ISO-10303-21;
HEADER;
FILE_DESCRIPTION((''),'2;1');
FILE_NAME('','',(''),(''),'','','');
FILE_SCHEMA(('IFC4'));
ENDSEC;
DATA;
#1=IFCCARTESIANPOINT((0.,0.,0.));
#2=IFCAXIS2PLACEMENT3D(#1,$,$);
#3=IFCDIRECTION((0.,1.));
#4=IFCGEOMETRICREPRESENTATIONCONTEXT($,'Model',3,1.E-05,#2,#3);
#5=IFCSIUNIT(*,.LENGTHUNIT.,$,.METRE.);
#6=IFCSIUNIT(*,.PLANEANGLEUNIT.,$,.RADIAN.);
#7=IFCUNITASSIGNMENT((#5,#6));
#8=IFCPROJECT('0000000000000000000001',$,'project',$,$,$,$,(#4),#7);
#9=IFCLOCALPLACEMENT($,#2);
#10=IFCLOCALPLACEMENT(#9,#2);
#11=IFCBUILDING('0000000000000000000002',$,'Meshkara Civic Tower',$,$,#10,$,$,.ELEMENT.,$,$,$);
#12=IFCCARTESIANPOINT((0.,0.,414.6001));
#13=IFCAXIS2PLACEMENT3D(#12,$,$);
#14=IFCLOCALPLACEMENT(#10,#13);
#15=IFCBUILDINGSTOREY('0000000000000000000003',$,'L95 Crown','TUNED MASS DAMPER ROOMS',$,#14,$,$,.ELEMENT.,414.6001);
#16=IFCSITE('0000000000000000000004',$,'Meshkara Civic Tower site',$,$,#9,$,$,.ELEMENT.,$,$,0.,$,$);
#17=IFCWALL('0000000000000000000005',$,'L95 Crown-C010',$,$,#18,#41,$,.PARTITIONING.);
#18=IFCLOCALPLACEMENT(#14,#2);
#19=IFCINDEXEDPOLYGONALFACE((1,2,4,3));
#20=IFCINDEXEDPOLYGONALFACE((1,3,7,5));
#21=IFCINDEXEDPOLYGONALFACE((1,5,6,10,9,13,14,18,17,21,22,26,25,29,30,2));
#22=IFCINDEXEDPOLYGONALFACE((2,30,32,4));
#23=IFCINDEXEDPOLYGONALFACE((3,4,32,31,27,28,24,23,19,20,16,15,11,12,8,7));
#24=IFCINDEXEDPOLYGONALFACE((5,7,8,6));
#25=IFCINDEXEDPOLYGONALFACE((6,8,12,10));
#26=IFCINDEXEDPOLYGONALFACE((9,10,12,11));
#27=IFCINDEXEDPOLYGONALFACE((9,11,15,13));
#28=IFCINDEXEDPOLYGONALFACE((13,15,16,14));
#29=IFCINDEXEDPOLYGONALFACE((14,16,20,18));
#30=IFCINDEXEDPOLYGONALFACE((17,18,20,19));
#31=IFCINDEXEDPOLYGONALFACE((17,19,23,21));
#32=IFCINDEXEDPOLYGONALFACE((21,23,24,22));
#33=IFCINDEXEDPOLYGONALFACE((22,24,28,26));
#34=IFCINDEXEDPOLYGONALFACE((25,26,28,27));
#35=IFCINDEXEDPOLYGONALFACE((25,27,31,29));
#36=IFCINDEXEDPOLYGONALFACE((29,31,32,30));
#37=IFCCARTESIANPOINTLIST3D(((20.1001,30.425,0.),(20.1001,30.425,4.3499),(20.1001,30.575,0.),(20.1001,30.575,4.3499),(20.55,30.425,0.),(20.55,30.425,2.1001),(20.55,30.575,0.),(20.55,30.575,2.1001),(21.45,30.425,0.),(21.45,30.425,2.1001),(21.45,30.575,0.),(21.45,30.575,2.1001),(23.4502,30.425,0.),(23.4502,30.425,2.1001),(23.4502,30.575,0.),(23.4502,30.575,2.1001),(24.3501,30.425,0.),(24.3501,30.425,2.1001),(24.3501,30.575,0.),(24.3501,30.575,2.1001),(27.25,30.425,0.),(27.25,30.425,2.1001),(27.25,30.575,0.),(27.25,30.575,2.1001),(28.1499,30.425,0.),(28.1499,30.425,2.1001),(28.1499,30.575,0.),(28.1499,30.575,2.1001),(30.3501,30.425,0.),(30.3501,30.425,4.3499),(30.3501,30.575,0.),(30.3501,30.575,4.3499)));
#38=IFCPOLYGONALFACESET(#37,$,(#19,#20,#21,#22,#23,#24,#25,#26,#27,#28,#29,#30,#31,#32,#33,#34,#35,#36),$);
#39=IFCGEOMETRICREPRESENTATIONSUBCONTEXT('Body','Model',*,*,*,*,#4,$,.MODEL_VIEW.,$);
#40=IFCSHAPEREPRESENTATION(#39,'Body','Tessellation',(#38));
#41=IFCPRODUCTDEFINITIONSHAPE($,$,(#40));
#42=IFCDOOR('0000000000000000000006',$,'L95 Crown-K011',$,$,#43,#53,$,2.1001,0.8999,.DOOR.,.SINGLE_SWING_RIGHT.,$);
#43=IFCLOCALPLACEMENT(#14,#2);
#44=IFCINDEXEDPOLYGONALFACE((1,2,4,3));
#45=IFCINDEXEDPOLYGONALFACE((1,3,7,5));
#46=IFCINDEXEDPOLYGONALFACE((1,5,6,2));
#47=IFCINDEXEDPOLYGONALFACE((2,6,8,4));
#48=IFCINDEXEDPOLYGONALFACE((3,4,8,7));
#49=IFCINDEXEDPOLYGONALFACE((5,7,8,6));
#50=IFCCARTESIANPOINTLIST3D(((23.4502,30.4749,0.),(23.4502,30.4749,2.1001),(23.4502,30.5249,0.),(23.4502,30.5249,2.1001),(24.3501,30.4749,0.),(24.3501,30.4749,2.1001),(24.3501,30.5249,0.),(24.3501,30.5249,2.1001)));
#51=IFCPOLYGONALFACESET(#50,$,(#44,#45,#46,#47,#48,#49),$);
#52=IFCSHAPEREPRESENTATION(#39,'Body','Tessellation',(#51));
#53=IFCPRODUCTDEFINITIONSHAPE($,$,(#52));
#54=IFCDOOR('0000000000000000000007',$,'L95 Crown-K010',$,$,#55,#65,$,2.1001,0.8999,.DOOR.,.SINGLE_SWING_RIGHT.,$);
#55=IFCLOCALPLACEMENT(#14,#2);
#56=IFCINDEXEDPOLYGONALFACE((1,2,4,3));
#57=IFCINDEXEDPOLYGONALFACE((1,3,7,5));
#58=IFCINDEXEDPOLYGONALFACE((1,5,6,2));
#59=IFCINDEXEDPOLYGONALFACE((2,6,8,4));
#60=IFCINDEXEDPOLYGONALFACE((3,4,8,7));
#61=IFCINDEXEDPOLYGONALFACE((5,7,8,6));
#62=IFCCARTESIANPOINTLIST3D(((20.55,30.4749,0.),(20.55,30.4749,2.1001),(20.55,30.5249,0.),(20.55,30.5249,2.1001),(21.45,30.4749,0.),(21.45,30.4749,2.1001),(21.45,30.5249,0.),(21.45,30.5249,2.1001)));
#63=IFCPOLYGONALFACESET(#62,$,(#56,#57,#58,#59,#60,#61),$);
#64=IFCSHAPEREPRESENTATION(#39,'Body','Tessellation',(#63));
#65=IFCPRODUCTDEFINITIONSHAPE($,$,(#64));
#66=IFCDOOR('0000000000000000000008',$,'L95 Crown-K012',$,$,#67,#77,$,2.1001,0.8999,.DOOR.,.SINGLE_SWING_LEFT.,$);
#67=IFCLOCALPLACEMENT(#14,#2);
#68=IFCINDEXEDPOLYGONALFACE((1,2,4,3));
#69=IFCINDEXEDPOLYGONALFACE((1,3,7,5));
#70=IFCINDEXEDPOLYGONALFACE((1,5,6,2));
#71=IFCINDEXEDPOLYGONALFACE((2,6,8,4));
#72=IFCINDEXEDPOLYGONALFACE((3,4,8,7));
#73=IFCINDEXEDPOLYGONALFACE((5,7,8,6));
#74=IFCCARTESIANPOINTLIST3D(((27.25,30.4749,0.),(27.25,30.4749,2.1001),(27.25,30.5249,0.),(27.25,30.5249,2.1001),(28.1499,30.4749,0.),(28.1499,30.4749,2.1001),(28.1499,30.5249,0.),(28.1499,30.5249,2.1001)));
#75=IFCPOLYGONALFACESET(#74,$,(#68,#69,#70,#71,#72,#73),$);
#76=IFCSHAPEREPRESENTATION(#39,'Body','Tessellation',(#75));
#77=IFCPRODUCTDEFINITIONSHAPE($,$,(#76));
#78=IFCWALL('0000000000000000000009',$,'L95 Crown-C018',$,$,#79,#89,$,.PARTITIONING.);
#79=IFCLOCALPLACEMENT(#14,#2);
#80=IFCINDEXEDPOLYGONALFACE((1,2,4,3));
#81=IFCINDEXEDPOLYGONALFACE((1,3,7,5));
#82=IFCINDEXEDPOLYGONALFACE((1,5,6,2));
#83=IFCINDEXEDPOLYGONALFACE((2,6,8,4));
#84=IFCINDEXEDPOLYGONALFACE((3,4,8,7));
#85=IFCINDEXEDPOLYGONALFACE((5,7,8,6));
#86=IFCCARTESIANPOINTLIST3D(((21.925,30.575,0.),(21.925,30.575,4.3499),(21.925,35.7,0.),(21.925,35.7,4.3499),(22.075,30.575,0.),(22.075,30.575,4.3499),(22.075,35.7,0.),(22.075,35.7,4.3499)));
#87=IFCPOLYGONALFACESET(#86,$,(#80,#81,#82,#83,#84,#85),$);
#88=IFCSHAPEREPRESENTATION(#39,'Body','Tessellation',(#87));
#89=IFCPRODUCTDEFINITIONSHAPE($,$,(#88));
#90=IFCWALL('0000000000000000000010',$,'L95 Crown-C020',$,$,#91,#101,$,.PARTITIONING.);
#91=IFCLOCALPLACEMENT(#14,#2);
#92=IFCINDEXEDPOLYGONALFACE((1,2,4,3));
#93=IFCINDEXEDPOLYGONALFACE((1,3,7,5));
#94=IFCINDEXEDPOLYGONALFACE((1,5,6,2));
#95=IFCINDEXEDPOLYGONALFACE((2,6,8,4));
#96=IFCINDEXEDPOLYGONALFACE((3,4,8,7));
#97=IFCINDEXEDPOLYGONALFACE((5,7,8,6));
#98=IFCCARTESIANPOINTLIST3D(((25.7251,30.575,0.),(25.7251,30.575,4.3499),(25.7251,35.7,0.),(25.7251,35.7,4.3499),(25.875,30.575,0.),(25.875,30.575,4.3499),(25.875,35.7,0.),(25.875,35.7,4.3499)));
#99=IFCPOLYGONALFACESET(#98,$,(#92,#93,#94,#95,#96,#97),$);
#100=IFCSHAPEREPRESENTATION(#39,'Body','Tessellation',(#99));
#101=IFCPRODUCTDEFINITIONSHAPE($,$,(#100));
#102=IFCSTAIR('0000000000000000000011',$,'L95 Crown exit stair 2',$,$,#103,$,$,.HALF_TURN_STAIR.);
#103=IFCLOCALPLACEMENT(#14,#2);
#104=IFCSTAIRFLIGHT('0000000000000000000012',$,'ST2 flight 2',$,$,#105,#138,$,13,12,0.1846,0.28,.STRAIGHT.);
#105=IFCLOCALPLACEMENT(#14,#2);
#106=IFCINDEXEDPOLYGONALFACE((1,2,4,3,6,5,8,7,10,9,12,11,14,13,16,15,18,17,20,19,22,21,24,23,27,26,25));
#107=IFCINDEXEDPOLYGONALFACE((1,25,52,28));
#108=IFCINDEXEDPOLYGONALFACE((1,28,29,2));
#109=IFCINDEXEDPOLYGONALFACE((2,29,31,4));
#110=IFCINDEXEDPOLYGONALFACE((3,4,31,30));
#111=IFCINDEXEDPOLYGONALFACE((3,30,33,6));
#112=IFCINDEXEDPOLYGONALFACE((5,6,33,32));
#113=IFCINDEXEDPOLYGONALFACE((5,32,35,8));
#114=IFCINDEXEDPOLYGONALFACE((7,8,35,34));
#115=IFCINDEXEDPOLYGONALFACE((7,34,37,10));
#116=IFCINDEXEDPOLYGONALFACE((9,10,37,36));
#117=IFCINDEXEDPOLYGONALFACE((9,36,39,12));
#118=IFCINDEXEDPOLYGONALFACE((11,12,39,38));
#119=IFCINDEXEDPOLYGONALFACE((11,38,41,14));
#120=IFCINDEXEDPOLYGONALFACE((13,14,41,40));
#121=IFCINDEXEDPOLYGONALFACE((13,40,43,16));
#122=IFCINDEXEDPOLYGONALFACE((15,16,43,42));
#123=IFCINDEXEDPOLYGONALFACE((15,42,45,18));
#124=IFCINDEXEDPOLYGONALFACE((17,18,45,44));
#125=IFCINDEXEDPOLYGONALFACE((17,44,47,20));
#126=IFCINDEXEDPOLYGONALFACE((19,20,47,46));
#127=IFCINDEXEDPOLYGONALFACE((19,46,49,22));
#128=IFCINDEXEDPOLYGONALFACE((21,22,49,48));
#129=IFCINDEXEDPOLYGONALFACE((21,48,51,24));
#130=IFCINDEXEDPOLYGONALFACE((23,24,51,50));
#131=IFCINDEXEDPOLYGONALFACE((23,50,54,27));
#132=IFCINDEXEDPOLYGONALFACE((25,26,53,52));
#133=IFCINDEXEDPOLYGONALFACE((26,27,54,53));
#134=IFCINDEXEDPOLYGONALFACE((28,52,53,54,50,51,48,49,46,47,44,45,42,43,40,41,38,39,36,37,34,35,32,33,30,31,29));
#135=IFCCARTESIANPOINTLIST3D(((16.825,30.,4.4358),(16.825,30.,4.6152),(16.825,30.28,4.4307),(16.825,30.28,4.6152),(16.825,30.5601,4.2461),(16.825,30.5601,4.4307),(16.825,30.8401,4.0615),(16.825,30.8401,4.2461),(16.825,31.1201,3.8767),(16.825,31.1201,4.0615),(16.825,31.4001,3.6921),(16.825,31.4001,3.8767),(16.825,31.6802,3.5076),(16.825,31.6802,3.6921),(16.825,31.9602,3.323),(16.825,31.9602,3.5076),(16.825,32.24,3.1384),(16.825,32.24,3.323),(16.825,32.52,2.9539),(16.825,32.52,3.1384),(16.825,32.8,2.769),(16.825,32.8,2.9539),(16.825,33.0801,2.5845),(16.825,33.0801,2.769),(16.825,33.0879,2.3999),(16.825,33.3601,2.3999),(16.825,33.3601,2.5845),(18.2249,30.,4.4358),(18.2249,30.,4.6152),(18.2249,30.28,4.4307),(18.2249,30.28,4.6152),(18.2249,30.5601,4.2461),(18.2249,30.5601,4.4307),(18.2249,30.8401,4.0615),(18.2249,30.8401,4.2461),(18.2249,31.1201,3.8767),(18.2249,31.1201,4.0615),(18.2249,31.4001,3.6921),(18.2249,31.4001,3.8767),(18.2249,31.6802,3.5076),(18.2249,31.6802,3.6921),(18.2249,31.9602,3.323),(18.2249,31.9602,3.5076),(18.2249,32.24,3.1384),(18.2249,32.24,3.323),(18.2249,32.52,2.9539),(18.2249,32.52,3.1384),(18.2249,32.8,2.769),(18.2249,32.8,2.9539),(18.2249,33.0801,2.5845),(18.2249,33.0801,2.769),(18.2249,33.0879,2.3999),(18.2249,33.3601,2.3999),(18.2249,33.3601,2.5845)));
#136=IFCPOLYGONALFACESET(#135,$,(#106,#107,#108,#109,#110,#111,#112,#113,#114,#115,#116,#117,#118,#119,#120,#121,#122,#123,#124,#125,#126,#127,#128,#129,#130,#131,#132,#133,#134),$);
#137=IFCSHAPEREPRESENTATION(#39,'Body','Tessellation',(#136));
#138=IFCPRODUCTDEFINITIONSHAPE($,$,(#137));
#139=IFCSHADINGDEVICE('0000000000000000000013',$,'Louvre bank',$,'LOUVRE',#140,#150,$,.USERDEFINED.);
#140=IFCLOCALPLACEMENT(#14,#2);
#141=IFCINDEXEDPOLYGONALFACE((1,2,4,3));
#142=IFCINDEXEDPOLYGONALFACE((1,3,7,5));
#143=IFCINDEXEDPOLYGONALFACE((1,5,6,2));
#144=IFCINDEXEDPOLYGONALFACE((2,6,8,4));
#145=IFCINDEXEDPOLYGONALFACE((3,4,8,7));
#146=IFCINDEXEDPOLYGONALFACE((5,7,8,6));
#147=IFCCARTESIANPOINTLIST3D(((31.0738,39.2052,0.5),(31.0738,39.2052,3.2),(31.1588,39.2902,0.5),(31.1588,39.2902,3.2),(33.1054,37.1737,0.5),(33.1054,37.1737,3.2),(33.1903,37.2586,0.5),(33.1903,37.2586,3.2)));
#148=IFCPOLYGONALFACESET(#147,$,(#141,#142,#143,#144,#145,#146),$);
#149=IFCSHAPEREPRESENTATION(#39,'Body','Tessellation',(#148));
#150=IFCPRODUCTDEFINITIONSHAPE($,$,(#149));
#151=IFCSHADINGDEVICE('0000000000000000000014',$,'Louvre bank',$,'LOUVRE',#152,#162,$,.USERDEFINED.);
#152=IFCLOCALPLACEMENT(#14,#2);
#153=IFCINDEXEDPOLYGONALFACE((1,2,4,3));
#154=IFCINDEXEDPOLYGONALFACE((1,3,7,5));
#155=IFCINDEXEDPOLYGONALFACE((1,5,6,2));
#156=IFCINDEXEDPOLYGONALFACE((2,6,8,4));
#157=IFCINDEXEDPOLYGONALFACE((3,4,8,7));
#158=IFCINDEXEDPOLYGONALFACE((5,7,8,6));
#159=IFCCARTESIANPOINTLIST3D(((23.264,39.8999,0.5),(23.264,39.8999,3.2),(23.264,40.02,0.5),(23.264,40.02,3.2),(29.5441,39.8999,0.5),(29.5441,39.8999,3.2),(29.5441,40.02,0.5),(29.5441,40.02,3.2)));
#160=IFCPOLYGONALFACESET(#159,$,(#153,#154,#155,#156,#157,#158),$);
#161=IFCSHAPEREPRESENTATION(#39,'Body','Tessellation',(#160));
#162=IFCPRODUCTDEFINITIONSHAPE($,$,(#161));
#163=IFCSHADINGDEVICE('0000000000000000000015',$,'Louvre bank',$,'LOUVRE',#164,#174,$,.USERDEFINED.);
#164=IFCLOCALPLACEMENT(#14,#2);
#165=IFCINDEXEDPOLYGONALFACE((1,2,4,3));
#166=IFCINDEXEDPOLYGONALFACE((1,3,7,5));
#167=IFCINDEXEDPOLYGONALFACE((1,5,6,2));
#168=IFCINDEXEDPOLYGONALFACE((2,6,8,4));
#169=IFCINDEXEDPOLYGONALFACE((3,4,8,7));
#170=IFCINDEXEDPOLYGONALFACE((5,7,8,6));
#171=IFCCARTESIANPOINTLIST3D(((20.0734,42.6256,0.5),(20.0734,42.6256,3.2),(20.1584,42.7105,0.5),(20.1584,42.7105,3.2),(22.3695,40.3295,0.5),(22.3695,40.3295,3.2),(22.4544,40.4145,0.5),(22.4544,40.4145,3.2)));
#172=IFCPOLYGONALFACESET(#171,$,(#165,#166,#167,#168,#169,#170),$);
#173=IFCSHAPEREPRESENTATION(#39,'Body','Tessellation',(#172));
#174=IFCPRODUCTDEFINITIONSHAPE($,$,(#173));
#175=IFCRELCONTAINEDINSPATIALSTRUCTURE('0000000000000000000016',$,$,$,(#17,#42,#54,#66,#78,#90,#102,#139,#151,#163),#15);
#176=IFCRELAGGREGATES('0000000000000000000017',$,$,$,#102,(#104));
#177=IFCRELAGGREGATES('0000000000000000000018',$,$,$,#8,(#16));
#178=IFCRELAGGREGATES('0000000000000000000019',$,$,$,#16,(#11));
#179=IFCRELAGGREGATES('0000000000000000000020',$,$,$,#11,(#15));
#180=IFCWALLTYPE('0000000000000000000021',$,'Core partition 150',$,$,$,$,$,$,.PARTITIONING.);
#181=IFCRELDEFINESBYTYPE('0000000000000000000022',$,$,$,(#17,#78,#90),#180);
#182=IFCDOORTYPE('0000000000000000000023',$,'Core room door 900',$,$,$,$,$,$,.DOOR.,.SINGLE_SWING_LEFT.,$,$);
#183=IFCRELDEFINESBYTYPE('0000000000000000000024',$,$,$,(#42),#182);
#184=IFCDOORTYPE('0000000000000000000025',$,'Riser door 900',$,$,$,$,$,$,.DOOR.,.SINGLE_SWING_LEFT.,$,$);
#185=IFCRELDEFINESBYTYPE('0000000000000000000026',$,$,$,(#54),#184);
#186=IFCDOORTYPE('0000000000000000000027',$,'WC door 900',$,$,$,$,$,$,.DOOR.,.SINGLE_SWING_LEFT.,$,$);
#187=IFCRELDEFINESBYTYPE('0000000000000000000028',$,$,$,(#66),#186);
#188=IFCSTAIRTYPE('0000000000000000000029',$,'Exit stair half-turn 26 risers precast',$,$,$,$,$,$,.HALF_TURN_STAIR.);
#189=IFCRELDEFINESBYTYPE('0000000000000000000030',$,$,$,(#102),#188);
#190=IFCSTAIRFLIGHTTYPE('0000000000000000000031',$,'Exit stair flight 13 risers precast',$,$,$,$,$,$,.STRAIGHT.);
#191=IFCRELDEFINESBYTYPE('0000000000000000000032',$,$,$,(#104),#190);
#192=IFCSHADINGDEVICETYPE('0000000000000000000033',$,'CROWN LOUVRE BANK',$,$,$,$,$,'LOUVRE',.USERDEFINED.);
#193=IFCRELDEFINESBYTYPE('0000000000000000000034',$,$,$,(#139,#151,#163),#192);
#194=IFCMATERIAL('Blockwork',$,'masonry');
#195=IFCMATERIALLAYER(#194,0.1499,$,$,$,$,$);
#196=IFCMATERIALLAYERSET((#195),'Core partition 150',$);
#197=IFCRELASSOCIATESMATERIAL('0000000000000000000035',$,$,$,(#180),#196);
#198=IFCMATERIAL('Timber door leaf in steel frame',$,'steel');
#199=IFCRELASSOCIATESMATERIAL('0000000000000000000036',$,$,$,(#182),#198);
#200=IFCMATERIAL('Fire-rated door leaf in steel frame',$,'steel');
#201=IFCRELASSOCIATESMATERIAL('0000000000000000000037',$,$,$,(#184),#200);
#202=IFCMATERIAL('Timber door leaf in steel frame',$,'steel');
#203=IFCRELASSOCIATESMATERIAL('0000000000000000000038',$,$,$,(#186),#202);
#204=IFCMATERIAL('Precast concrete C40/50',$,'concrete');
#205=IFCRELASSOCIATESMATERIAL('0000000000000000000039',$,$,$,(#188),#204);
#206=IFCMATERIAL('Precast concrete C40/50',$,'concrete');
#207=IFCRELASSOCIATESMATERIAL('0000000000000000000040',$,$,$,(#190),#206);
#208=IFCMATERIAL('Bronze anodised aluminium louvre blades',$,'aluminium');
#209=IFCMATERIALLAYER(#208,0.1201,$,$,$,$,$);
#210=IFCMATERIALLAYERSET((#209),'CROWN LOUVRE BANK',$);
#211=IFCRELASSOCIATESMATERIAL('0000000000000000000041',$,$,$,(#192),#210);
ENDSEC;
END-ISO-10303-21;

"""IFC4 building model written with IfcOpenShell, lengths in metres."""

from ifc_helpers import new_model, si_unit, direction, frame, frame_2d, origin, origin_2d, place, context, subcontext, project, spatial, polyline, rectangle, outline, extrude, material, layer, layer_set, type_object, element, fill, aggregate, save


model = new_model("IFC4")

# Units and contexts
model_context = context("Model", 3, precision=1e-05, world=origin(), true_north=direction((0.0, 1.0)))
body_context = subcontext(model_context, "Body", "Model", "MODEL_VIEW")
ifc_project = project(units=[si_unit("LENGTHUNIT", "METRE"), si_unit("PLANEANGLEUNIT", "RADIAN")], contexts=[model_context])

# Site, building, storey
site_placement = place(None, origin())
site = spatial("IfcSite", under=ifc_project, at=site_placement, Name="Meshkara Civic Tower site", CompositionType="ELEMENT", RefElevation=0.0)
building_placement = place(site_placement, origin())
building = spatial("IfcBuilding", under=site, at=building_placement, Name="Meshkara Civic Tower", CompositionType="ELEMENT")
storey_placement = place(building_placement, frame((0.0, 0.0, 414.6001)))
storey = spatial("IfcBuildingStorey", under=building, at=storey_placement, Name="L95 Crown", Description="TUNED MASS DAMPER ROOMS", CompositionType="ELEMENT", Elevation=414.6001)

# Wall, openings, doors
ifc_material_1 = material(Name="Blockwork", Category="masonry")
ifc_layer_1 = layer(ifc_material_1, 0.1499)
ifc_layer_set_1 = layer_set([ifc_layer_1], Name="Core partition 150")
wall_type_1 = type_object("IfcWallType", Name="Core partition 150", PredefinedType="PARTITIONING", material=ifc_layer_set_1)
wall_1_placement = place(storey_placement, frame((20.1001, 30.5, 0.0), z_axis=(0.0, 0.0, 1.0), x_axis=(1.0, 0.0, 0.0)))
wall_1 = element("IfcWall", 1, at=wall_1_placement, inside=storey, type_object=wall_type_1, Name="L95 Crown-C010", PredefinedType="PARTITIONING", context=body_context, shape_type="SweptSolid", body=[
    extrude(rectangle(XDim=10.25, YDim=0.1499, at=frame_2d((5.125, 0.0))), origin(), (0.0, 0.0, 1.0), 4.3499),
])
opening_1_placement = place(wall_1_placement, frame((0.45, 0.0, 0.0)))
opening_1 = element("IfcOpeningElement", 2, at=opening_1_placement, cuts=wall_1, PredefinedType="OPENING", context=body_context, shape_type="SweptSolid", body=[
    extrude(rectangle(XDim=0.8999, YDim=2.1001, at=frame_2d((0.45, 1.05))), frame((0.0, 0.085, 0.0), z_axis=(0.0, -1.0, 0.0), x_axis=(1.0, 0.0, 0.0)), (0.0, 0.0, 1.0), 0.1699),
])
opening_2_placement = place(wall_1_placement, frame((3.3501, 0.0, 0.0)))
opening_2 = element("IfcOpeningElement", 3, at=opening_2_placement, cuts=wall_1, PredefinedType="OPENING", context=body_context, shape_type="SweptSolid", body=[
    extrude(rectangle(XDim=0.8999, YDim=2.1001, at=frame_2d((0.45, 1.05))), frame((0.0, 0.085, 0.0), z_axis=(0.0, -1.0, 0.0), x_axis=(1.0, 0.0, 0.0)), (0.0, 0.0, 1.0), 0.1699),
])
opening_3_placement = place(wall_1_placement, frame((7.1499, 0.0, 0.0)))
opening_3 = element("IfcOpeningElement", 4, at=opening_3_placement, cuts=wall_1, PredefinedType="OPENING", context=body_context, shape_type="SweptSolid", body=[
    extrude(rectangle(XDim=0.8999, YDim=2.1001, at=frame_2d((0.45, 1.05))), frame((0.0, 0.085, 0.0), z_axis=(0.0, -1.0, 0.0), x_axis=(1.0, 0.0, 0.0)), (0.0, 0.0, 1.0), 0.1699),
])
ifc_material_2 = material(Name="Timber door leaf in steel frame", Category="steel")
door_type_1 = type_object("IfcDoorType", Name="Core room door 900", OperationType="SINGLE_SWING_LEFT", PredefinedType="DOOR", material=ifc_material_2)
door_1_placement = place(opening_2_placement, origin())
door_1 = element("IfcDoor", 5, at=door_1_placement, inside=storey, type_object=door_type_1, Name="L95 Crown-K011", OperationType="SINGLE_SWING_RIGHT", OverallHeight=2.1001, OverallWidth=0.8999, PredefinedType="DOOR", context=body_context, shape_type="SweptSolid", body=[
    extrude(rectangle(XDim=0.8999, YDim=2.1001, at=frame_2d((0.45, 1.05))), frame((0.0, 0.0249, 0.0), z_axis=(0.0, -1.0, 0.0), x_axis=(1.0, 0.0, 0.0)), (0.0, 0.0, 1.0), 0.05),
])
fill(opening_2, door_1)
ifc_material_3 = material(Name="Fire-rated door leaf in steel frame", Category="steel")
door_type_2 = type_object("IfcDoorType", Name="Riser door 900", OperationType="SINGLE_SWING_LEFT", PredefinedType="DOOR", material=ifc_material_3)
door_2_placement = place(opening_1_placement, origin())
door_2 = element("IfcDoor", 6, at=door_2_placement, inside=storey, type_object=door_type_2, Name="L95 Crown-K010", OperationType="SINGLE_SWING_RIGHT", OverallHeight=2.1001, OverallWidth=0.8999, PredefinedType="DOOR", context=body_context, shape_type="SweptSolid", body=[
    extrude(rectangle(XDim=0.8999, YDim=2.1001, at=frame_2d((0.45, 1.05))), frame((0.0, 0.0249, 0.0), z_axis=(0.0, -1.0, 0.0), x_axis=(1.0, 0.0, 0.0)), (0.0, 0.0, 1.0), 0.05),
])
fill(opening_1, door_2)
ifc_material_4 = material(Name="Timber door leaf in steel frame", Category="steel")
door_type_3 = type_object("IfcDoorType", Name="WC door 900", OperationType="SINGLE_SWING_LEFT", PredefinedType="DOOR", material=ifc_material_4)
door_3_placement = place(opening_3_placement, origin())
door_3 = element("IfcDoor", 7, at=door_3_placement, inside=storey, type_object=door_type_3, Name="L95 Crown-K012", OperationType="SINGLE_SWING_LEFT", OverallHeight=2.1001, OverallWidth=0.8999, PredefinedType="DOOR", context=body_context, shape_type="SweptSolid", body=[
    extrude(rectangle(XDim=0.8999, YDim=2.1001, at=frame_2d((0.45, 1.05))), frame((0.0, 0.0249, 0.0), z_axis=(0.0, -1.0, 0.0), x_axis=(1.0, 0.0, 0.0)), (0.0, 0.0, 1.0), 0.05),
])
fill(opening_3, door_3)

# Walls
for number, where, z_axis, x_axis, name in (
    (8, (22.0, 30.575, 0.0), (0.0, 0.0, 1.0), (0.0, 1.0, 0.0), "L95 Crown-C018"),
    (9, (25.8, 30.575, 0.0), (0.0, 0.0, 1.0), (0.0, 1.0, 0.0), "L95 Crown-C020"),
):
    element("IfcWall", number, at=place(storey_placement, frame(where, z_axis=z_axis, x_axis=x_axis)), inside=storey, type_object=wall_type_1, Name=name, PredefinedType="PARTITIONING", context=body_context, shape_type="SweptSolid", body=[
        extrude(rectangle(XDim=5.125, YDim=0.1499, at=frame_2d((2.5625, 0.0))), origin(), (0.0, 0.0, 1.0), 4.3499),
    ])

# Stair, stair flight
ifc_material_5 = material(Name="Precast concrete C40/50", Category="concrete")
stair_type = type_object("IfcStairType", Name="Exit stair half-turn 26 risers precast", PredefinedType="HALF_TURN_STAIR", material=ifc_material_5)
stair_placement = place(storey_placement, origin())
stair = element("IfcStair", 10, at=stair_placement, inside=storey, type_object=stair_type, Name="L95 Crown exit stair 2", PredefinedType="HALF_TURN_STAIR")
ifc_material_6 = material(Name="Precast concrete C40/50", Category="concrete")
stair_flight_type = type_object("IfcStairFlightType", Name="Exit stair flight 13 risers precast", PredefinedType="STRAIGHT", material=ifc_material_6)
stair_flight_placement = place(storey_placement, frame((17.5249, 33.3601, 2.3999), z_axis=(0.0, 0.0, 1.0), x_axis=(0.0, -1.0, 0.0)))
stair_flight = element("IfcStairFlight", 11, at=stair_flight_placement, type_object=stair_flight_type, Name="ST2 flight 2", NumberOfRisers=13, NumberOfTreads=12, PredefinedType="STRAIGHT", RiserHeight=0.1846, TreadLength=0.28, context=body_context, shape_type="SweptSolid", body=[
    extrude(outline(polyline([(0.0, 0.0), (0.0, 0.1846), (0.28, 0.1846), (0.28, 0.3691), (0.5601, 0.3691), (0.5601, 0.554), (0.8401, 0.554), (0.8401, 0.7385), (1.1201, 0.7385), (1.1201, 0.9231), (1.3999, 0.9231), (1.3999, 1.1077), (1.6799, 1.1077), (1.6799, 1.2922), (1.96, 1.2922), (1.96, 1.4768), (2.24, 1.4768), (2.24, 1.6616), (2.52, 1.6616), (2.52, 1.8462), (2.8, 1.8462), (2.8, 2.0308), (3.0801, 2.0308), (3.0801, 2.2153), (3.3601, 2.2153), (3.3601, 2.3999), (3.3601, 2.0359), (0.2722, 0.0), (0.0, 0.0)])), frame((0.0, 0.7, 0.0), z_axis=(0.0, -1.0, 0.0), x_axis=(1.0, 0.0, 0.0)), (0.0, 0.0, 1.0), 1.3999),
])
aggregate(stair, [stair_flight])

# Shading devices
ifc_material_7 = material(Name="Bronze anodised aluminium louvre blades", Category="aluminium")
ifc_layer_2 = layer(ifc_material_7, 0.1201)
ifc_layer_set_2 = layer_set([ifc_layer_2], Name="CROWN LOUVRE BANK")
shading_device_type = type_object("IfcShadingDeviceType", Name="CROWN LOUVRE BANK", ElementType="LOUVRE", PredefinedType="USERDEFINED", material=ifc_layer_set_2)
shading_device_1_placement = place(storey_placement, frame((32.1321, 38.2319, 0.5), z_axis=(0.0, 0.0, 1.0), x_axis=(-0.707107, 0.707107, 0.0)))
element("IfcShadingDevice", 12, at=shading_device_1_placement, inside=storey, type_object=shading_device_type, Name="Louvre bank", ObjectType="LOUVRE", PredefinedType="USERDEFINED", context=body_context, shape_type="SweptSolid", body=[
    extrude(rectangle(XDim=2.873, YDim=0.1201, at=origin_2d()), origin(), (0.0, 0.0, 1.0), 2.7),
])
shading_device_2_placement = place(storey_placement, frame((26.4041, 39.96, 0.5), z_axis=(0.0, 0.0, 1.0), x_axis=(-1.0, 0.0, 0.0)))
element("IfcShadingDevice", 13, at=shading_device_2_placement, inside=storey, type_object=shading_device_type, Name="Louvre bank", ObjectType="LOUVRE", PredefinedType="USERDEFINED", context=body_context, shape_type="SweptSolid", body=[
    extrude(rectangle(XDim=6.28, YDim=0.1201, at=origin_2d()), origin(), (0.0, 0.0, 1.0), 2.7),
])
shading_device_3_placement = place(storey_placement, frame((21.2639, 41.52, 0.5), z_axis=(0.0, 0.0, 1.0), x_axis=(-0.707107, 0.707107, 0.0)))
element("IfcShadingDevice", 14, at=shading_device_3_placement, inside=storey, type_object=shading_device_type, Name="Louvre bank", ObjectType="LOUVRE", PredefinedType="USERDEFINED", context=body_context, shape_type="SweptSolid", body=[
    extrude(rectangle(XDim=3.2471, YDim=0.1201, at=origin_2d()), origin(), (0.0, 0.0, 1.0), 2.7),
])

save(model, "model.ifc")
